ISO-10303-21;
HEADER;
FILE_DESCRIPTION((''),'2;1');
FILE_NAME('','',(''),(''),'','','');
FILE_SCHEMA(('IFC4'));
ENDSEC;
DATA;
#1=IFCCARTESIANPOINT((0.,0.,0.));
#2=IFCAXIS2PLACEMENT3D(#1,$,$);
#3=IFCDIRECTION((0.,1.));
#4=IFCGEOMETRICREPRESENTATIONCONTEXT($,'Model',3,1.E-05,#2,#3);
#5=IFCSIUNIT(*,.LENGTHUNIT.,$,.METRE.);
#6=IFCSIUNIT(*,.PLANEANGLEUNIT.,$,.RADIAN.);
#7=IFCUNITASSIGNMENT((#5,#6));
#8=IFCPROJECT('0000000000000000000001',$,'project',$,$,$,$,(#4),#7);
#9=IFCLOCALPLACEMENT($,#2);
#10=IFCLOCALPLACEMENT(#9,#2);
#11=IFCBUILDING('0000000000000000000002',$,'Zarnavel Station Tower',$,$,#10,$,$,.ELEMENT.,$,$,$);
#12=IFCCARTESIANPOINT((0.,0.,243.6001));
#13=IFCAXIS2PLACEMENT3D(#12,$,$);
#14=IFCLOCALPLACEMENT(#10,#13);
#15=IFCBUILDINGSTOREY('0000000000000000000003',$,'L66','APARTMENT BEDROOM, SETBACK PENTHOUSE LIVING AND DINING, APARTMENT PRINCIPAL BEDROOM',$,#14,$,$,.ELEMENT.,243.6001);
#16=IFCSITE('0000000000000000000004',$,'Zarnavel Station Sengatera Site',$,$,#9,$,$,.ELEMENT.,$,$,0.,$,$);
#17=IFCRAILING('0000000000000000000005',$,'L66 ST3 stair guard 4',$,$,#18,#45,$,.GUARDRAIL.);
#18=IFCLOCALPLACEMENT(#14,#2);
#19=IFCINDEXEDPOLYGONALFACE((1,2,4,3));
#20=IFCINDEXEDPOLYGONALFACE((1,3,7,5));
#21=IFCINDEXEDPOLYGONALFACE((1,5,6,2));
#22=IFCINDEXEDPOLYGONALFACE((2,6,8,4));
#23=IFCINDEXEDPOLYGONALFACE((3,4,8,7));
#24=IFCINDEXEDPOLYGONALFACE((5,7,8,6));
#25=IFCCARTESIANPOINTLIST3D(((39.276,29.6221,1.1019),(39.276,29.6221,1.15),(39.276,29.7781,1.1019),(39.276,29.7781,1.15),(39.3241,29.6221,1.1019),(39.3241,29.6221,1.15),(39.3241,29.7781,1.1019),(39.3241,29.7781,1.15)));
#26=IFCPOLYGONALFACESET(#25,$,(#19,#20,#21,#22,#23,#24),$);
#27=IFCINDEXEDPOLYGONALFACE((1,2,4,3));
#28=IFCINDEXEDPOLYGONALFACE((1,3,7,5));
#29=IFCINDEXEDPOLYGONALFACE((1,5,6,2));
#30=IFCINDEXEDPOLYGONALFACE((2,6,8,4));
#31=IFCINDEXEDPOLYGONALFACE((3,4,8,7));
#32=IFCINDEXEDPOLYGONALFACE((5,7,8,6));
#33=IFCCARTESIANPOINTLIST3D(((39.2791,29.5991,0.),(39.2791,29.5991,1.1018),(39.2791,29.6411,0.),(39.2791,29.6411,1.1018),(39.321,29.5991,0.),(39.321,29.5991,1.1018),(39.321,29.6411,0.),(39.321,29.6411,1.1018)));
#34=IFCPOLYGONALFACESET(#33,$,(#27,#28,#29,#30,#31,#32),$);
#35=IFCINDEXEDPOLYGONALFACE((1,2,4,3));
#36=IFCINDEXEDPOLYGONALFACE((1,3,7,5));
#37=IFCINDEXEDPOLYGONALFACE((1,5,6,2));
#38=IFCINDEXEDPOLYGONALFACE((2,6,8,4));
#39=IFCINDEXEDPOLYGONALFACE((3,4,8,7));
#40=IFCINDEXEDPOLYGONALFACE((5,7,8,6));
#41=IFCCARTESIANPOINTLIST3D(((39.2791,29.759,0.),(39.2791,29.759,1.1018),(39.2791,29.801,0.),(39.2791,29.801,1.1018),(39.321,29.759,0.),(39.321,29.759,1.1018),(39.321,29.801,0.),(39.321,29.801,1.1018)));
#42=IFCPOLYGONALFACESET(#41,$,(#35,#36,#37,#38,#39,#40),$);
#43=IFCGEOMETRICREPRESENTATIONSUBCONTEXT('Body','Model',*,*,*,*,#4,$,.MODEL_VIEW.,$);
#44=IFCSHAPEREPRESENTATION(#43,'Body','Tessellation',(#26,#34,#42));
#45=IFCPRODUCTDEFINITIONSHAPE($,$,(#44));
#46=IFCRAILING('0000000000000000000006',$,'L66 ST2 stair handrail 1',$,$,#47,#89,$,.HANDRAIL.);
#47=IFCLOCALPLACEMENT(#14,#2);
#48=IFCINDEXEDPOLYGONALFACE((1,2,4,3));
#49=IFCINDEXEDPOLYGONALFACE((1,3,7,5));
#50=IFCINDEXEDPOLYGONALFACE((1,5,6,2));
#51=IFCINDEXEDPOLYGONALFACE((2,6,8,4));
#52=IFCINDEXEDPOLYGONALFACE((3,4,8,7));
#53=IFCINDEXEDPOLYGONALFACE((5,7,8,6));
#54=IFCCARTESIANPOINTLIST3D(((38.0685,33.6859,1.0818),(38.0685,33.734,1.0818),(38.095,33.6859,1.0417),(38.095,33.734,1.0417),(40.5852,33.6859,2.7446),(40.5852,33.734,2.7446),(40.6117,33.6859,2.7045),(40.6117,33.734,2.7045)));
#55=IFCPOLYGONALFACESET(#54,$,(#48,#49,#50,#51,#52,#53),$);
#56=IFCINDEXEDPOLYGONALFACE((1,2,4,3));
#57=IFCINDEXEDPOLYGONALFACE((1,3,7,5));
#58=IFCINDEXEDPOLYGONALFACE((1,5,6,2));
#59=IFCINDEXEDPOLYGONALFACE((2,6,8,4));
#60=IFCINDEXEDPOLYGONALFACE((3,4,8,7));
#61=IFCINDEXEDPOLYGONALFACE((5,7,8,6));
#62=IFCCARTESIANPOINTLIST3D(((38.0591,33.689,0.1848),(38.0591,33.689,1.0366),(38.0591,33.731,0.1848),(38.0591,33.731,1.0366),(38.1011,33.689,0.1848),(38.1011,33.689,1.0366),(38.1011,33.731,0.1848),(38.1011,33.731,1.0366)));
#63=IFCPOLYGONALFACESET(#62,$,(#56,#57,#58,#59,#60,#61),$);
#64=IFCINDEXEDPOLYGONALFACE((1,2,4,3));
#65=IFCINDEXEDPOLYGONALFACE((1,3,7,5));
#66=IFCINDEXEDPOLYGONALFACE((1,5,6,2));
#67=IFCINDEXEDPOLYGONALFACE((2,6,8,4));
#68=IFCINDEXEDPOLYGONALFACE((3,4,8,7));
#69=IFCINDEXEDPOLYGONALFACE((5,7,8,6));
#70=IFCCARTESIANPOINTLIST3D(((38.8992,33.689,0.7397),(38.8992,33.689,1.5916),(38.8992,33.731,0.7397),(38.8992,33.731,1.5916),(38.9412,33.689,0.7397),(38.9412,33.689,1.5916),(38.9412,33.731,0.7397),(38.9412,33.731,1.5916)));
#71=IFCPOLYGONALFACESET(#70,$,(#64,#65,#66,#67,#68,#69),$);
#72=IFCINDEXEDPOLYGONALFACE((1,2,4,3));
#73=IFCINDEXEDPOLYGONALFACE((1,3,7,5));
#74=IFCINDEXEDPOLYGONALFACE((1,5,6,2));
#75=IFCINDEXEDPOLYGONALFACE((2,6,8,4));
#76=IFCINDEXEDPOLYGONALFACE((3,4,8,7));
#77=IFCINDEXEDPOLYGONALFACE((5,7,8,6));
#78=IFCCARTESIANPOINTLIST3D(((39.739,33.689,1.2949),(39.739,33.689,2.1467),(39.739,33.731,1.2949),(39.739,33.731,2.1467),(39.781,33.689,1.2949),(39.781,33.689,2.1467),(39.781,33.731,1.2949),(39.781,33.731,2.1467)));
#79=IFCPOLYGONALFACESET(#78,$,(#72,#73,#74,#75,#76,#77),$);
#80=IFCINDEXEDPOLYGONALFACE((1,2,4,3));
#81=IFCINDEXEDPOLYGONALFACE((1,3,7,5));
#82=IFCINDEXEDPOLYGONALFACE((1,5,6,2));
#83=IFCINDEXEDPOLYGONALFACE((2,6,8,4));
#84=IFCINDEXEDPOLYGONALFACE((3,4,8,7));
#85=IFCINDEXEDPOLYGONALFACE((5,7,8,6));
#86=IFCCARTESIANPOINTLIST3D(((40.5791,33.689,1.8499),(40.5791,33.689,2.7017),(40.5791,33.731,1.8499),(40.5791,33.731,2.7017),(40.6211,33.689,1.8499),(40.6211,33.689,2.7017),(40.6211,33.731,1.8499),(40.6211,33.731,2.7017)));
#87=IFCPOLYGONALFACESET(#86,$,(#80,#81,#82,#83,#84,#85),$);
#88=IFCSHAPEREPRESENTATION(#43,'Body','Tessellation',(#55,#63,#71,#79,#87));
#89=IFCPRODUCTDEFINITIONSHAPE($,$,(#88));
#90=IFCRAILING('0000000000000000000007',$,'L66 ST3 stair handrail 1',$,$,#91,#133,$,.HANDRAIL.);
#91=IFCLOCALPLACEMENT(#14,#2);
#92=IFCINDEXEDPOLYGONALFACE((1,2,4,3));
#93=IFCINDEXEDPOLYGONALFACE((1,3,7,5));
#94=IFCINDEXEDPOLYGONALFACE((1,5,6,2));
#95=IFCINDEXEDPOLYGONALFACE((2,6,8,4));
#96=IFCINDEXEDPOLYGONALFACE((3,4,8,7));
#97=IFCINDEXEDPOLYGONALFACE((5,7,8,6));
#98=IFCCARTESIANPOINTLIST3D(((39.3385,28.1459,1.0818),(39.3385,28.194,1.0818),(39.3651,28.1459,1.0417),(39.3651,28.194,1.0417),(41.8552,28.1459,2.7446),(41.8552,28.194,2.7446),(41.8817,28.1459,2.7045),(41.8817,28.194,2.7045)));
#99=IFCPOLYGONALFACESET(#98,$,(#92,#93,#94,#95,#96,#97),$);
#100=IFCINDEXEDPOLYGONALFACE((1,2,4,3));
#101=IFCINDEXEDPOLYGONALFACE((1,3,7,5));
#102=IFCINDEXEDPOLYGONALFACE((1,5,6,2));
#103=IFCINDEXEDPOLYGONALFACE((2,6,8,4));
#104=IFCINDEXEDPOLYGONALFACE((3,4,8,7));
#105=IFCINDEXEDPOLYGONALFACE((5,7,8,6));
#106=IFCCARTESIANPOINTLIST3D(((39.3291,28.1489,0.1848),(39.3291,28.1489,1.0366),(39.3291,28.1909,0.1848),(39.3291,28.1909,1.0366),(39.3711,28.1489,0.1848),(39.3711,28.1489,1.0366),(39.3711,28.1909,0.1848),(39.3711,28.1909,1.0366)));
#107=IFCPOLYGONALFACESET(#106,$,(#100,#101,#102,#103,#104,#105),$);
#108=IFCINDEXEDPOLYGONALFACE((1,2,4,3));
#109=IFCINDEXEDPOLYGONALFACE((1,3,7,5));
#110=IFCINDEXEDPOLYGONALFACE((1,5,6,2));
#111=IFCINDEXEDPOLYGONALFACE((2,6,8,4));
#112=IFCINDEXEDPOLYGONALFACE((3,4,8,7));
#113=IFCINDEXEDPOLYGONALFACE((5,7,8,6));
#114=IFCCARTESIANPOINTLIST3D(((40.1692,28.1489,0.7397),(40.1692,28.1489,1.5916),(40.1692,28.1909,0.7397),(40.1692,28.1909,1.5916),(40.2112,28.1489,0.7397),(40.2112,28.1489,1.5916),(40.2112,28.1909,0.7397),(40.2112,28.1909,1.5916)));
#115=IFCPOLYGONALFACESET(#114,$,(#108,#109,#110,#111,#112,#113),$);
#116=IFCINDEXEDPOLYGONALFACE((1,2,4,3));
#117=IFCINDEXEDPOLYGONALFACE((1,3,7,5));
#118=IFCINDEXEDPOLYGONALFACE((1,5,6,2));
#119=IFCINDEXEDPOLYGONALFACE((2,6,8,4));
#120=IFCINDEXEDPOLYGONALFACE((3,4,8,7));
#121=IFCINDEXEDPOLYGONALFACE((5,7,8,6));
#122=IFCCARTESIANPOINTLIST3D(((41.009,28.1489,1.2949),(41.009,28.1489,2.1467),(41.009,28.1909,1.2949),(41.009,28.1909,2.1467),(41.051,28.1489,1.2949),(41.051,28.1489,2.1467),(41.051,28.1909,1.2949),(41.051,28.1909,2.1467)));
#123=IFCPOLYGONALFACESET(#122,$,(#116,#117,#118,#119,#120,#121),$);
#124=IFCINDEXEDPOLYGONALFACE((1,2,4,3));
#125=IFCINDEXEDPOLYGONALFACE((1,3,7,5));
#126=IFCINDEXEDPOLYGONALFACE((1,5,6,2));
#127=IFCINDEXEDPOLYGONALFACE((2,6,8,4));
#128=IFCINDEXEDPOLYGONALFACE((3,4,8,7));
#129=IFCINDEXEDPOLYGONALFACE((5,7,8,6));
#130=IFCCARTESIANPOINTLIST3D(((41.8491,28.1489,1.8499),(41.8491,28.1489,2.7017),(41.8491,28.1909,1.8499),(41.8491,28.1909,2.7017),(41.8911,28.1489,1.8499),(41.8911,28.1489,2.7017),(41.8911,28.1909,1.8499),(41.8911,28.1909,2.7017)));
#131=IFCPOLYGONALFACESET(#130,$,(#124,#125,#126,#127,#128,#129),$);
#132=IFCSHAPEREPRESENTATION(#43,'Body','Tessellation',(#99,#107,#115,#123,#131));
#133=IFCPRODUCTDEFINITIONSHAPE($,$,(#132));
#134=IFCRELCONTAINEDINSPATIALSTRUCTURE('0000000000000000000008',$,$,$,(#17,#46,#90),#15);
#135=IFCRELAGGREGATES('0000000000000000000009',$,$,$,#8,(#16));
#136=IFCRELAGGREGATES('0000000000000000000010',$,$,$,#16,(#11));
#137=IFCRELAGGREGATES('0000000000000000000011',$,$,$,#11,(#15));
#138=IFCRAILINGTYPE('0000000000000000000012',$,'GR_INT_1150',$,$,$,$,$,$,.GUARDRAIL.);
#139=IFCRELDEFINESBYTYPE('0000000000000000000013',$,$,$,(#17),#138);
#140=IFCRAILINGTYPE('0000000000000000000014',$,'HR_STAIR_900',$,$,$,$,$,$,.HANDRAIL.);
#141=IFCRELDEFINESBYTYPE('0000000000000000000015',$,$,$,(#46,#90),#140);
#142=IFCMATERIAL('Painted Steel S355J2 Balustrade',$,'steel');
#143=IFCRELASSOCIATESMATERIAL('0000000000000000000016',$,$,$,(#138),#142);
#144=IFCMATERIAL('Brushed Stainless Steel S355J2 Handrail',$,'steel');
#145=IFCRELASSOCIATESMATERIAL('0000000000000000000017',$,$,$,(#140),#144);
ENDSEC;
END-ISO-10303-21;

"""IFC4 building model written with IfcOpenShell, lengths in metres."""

from ifc_helpers import new_model, si_unit, direction, frame, origin, origin_2d, place, context, subcontext, project, spatial, rectangle, extrude, material, type_object, element, save


model = new_model("IFC4")

# Units and contexts
model_context = context("Model", 3, precision=1e-05, world=origin(), true_north=direction((0.0, 1.0)))
body_context = subcontext(model_context, "Body", "Model", "MODEL_VIEW")
ifc_project = project(units=[si_unit("LENGTHUNIT", "METRE"), si_unit("PLANEANGLEUNIT", "RADIAN")], contexts=[model_context])

# Site, building, storey
site_placement = place(None, origin())
site = spatial("IfcSite", under=ifc_project, at=site_placement, Name="Zarnavel Station Sengatera Site", CompositionType="ELEMENT", RefElevation=0.0)
building_placement = place(site_placement, origin())
building = spatial("IfcBuilding", under=site, at=building_placement, Name="Zarnavel Station Tower", CompositionType="ELEMENT")
storey_placement = place(building_placement, frame((0.0, 0.0, 243.6001)))
storey = spatial("IfcBuildingStorey", under=building, at=storey_placement, Name="L66", Description="APARTMENT BEDROOM, SETBACK PENTHOUSE LIVING AND DINING, APARTMENT PRINCIPAL BEDROOM", CompositionType="ELEMENT", Elevation=243.6001)

# Railings
ifc_material_1 = material(Name="Painted Steel S355J2 Balustrade", Category="steel")
railing_type_1 = type_object("IfcRailingType", Name="GR_INT_1150", PredefinedType="GUARDRAIL", material=ifc_material_1)
railing_1_placement = place(storey_placement, frame((39.3, 29.6201, 0.0)))
element("IfcRailing", 1, at=railing_1_placement, inside=storey, type_object=railing_type_1, Name="L66 ST3 stair guard 4", PredefinedType="GUARDRAIL", context=body_context, shape_type="SweptSolid", body=[
    extrude(rectangle(XDim=0.0481, YDim=0.0481, at=origin_2d()), frame((0.0, 0.002, 1.126), z_axis=(0.0, 1.0, 0.0), x_axis=(-1.0, 0.0, 0.0)), (0.0, 0.0, 1.0), 0.156),
    extrude(rectangle(XDim=0.042, YDim=0.042, at=origin_2d()), origin(), (0.0, 0.0, 1.0), 1.1018),
    extrude(rectangle(XDim=0.042, YDim=0.042, at=origin_2d()), frame((0.0, 0.1599, 0.0)), (0.0, 0.0, 1.0), 1.1018),
])
ifc_material_2 = material(Name="Brushed Stainless Steel S355J2 Handrail", Category="steel")
railing_type_2 = type_object("IfcRailingType", Name="HR_STAIR_900", PredefinedType="HANDRAIL", material=ifc_material_2)
for number, where, name in (
    (2, (38.0801, 33.71, 0.1848), "L66 ST2 stair handrail 1"),
    (3, (39.3501, 28.1699, 0.1848), "L66 ST3 stair handrail 1"),
):
    element("IfcRailing", number, at=place(storey_placement, frame(where)), inside=storey, type_object=railing_type_2, Name=name, PredefinedType="HANDRAIL", context=body_context, shape_type="SweptSolid", body=[
        extrude(rectangle(XDim=0.0481, YDim=0.0481, at=origin_2d()), frame((0.0017, 0.0, 0.877), z_axis=(0.834331, 0.0, 0.551263), x_axis=(0.0, 1.0, 0.0)), (0.0, 0.0, 1.0), 3.0164),
        extrude(rectangle(XDim=0.042, YDim=0.042, at=origin_2d()), origin(), (0.0, 0.0, 1.0), 0.8518),
        extrude(rectangle(XDim=0.042, YDim=0.042, at=origin_2d()), frame((0.8401, 0.0, 0.5549)), (0.0, 0.0, 1.0), 0.8518),
        extrude(rectangle(XDim=0.042, YDim=0.042, at=origin_2d()), frame((1.6799, 0.0, 1.1101)), (0.0, 0.0, 1.0), 0.8518),
        extrude(rectangle(XDim=0.042, YDim=0.042, at=origin_2d()), frame((2.52, 0.0, 1.665)), (0.0, 0.0, 1.0), 0.8518),
    ])

save(model, "model.ifc")
